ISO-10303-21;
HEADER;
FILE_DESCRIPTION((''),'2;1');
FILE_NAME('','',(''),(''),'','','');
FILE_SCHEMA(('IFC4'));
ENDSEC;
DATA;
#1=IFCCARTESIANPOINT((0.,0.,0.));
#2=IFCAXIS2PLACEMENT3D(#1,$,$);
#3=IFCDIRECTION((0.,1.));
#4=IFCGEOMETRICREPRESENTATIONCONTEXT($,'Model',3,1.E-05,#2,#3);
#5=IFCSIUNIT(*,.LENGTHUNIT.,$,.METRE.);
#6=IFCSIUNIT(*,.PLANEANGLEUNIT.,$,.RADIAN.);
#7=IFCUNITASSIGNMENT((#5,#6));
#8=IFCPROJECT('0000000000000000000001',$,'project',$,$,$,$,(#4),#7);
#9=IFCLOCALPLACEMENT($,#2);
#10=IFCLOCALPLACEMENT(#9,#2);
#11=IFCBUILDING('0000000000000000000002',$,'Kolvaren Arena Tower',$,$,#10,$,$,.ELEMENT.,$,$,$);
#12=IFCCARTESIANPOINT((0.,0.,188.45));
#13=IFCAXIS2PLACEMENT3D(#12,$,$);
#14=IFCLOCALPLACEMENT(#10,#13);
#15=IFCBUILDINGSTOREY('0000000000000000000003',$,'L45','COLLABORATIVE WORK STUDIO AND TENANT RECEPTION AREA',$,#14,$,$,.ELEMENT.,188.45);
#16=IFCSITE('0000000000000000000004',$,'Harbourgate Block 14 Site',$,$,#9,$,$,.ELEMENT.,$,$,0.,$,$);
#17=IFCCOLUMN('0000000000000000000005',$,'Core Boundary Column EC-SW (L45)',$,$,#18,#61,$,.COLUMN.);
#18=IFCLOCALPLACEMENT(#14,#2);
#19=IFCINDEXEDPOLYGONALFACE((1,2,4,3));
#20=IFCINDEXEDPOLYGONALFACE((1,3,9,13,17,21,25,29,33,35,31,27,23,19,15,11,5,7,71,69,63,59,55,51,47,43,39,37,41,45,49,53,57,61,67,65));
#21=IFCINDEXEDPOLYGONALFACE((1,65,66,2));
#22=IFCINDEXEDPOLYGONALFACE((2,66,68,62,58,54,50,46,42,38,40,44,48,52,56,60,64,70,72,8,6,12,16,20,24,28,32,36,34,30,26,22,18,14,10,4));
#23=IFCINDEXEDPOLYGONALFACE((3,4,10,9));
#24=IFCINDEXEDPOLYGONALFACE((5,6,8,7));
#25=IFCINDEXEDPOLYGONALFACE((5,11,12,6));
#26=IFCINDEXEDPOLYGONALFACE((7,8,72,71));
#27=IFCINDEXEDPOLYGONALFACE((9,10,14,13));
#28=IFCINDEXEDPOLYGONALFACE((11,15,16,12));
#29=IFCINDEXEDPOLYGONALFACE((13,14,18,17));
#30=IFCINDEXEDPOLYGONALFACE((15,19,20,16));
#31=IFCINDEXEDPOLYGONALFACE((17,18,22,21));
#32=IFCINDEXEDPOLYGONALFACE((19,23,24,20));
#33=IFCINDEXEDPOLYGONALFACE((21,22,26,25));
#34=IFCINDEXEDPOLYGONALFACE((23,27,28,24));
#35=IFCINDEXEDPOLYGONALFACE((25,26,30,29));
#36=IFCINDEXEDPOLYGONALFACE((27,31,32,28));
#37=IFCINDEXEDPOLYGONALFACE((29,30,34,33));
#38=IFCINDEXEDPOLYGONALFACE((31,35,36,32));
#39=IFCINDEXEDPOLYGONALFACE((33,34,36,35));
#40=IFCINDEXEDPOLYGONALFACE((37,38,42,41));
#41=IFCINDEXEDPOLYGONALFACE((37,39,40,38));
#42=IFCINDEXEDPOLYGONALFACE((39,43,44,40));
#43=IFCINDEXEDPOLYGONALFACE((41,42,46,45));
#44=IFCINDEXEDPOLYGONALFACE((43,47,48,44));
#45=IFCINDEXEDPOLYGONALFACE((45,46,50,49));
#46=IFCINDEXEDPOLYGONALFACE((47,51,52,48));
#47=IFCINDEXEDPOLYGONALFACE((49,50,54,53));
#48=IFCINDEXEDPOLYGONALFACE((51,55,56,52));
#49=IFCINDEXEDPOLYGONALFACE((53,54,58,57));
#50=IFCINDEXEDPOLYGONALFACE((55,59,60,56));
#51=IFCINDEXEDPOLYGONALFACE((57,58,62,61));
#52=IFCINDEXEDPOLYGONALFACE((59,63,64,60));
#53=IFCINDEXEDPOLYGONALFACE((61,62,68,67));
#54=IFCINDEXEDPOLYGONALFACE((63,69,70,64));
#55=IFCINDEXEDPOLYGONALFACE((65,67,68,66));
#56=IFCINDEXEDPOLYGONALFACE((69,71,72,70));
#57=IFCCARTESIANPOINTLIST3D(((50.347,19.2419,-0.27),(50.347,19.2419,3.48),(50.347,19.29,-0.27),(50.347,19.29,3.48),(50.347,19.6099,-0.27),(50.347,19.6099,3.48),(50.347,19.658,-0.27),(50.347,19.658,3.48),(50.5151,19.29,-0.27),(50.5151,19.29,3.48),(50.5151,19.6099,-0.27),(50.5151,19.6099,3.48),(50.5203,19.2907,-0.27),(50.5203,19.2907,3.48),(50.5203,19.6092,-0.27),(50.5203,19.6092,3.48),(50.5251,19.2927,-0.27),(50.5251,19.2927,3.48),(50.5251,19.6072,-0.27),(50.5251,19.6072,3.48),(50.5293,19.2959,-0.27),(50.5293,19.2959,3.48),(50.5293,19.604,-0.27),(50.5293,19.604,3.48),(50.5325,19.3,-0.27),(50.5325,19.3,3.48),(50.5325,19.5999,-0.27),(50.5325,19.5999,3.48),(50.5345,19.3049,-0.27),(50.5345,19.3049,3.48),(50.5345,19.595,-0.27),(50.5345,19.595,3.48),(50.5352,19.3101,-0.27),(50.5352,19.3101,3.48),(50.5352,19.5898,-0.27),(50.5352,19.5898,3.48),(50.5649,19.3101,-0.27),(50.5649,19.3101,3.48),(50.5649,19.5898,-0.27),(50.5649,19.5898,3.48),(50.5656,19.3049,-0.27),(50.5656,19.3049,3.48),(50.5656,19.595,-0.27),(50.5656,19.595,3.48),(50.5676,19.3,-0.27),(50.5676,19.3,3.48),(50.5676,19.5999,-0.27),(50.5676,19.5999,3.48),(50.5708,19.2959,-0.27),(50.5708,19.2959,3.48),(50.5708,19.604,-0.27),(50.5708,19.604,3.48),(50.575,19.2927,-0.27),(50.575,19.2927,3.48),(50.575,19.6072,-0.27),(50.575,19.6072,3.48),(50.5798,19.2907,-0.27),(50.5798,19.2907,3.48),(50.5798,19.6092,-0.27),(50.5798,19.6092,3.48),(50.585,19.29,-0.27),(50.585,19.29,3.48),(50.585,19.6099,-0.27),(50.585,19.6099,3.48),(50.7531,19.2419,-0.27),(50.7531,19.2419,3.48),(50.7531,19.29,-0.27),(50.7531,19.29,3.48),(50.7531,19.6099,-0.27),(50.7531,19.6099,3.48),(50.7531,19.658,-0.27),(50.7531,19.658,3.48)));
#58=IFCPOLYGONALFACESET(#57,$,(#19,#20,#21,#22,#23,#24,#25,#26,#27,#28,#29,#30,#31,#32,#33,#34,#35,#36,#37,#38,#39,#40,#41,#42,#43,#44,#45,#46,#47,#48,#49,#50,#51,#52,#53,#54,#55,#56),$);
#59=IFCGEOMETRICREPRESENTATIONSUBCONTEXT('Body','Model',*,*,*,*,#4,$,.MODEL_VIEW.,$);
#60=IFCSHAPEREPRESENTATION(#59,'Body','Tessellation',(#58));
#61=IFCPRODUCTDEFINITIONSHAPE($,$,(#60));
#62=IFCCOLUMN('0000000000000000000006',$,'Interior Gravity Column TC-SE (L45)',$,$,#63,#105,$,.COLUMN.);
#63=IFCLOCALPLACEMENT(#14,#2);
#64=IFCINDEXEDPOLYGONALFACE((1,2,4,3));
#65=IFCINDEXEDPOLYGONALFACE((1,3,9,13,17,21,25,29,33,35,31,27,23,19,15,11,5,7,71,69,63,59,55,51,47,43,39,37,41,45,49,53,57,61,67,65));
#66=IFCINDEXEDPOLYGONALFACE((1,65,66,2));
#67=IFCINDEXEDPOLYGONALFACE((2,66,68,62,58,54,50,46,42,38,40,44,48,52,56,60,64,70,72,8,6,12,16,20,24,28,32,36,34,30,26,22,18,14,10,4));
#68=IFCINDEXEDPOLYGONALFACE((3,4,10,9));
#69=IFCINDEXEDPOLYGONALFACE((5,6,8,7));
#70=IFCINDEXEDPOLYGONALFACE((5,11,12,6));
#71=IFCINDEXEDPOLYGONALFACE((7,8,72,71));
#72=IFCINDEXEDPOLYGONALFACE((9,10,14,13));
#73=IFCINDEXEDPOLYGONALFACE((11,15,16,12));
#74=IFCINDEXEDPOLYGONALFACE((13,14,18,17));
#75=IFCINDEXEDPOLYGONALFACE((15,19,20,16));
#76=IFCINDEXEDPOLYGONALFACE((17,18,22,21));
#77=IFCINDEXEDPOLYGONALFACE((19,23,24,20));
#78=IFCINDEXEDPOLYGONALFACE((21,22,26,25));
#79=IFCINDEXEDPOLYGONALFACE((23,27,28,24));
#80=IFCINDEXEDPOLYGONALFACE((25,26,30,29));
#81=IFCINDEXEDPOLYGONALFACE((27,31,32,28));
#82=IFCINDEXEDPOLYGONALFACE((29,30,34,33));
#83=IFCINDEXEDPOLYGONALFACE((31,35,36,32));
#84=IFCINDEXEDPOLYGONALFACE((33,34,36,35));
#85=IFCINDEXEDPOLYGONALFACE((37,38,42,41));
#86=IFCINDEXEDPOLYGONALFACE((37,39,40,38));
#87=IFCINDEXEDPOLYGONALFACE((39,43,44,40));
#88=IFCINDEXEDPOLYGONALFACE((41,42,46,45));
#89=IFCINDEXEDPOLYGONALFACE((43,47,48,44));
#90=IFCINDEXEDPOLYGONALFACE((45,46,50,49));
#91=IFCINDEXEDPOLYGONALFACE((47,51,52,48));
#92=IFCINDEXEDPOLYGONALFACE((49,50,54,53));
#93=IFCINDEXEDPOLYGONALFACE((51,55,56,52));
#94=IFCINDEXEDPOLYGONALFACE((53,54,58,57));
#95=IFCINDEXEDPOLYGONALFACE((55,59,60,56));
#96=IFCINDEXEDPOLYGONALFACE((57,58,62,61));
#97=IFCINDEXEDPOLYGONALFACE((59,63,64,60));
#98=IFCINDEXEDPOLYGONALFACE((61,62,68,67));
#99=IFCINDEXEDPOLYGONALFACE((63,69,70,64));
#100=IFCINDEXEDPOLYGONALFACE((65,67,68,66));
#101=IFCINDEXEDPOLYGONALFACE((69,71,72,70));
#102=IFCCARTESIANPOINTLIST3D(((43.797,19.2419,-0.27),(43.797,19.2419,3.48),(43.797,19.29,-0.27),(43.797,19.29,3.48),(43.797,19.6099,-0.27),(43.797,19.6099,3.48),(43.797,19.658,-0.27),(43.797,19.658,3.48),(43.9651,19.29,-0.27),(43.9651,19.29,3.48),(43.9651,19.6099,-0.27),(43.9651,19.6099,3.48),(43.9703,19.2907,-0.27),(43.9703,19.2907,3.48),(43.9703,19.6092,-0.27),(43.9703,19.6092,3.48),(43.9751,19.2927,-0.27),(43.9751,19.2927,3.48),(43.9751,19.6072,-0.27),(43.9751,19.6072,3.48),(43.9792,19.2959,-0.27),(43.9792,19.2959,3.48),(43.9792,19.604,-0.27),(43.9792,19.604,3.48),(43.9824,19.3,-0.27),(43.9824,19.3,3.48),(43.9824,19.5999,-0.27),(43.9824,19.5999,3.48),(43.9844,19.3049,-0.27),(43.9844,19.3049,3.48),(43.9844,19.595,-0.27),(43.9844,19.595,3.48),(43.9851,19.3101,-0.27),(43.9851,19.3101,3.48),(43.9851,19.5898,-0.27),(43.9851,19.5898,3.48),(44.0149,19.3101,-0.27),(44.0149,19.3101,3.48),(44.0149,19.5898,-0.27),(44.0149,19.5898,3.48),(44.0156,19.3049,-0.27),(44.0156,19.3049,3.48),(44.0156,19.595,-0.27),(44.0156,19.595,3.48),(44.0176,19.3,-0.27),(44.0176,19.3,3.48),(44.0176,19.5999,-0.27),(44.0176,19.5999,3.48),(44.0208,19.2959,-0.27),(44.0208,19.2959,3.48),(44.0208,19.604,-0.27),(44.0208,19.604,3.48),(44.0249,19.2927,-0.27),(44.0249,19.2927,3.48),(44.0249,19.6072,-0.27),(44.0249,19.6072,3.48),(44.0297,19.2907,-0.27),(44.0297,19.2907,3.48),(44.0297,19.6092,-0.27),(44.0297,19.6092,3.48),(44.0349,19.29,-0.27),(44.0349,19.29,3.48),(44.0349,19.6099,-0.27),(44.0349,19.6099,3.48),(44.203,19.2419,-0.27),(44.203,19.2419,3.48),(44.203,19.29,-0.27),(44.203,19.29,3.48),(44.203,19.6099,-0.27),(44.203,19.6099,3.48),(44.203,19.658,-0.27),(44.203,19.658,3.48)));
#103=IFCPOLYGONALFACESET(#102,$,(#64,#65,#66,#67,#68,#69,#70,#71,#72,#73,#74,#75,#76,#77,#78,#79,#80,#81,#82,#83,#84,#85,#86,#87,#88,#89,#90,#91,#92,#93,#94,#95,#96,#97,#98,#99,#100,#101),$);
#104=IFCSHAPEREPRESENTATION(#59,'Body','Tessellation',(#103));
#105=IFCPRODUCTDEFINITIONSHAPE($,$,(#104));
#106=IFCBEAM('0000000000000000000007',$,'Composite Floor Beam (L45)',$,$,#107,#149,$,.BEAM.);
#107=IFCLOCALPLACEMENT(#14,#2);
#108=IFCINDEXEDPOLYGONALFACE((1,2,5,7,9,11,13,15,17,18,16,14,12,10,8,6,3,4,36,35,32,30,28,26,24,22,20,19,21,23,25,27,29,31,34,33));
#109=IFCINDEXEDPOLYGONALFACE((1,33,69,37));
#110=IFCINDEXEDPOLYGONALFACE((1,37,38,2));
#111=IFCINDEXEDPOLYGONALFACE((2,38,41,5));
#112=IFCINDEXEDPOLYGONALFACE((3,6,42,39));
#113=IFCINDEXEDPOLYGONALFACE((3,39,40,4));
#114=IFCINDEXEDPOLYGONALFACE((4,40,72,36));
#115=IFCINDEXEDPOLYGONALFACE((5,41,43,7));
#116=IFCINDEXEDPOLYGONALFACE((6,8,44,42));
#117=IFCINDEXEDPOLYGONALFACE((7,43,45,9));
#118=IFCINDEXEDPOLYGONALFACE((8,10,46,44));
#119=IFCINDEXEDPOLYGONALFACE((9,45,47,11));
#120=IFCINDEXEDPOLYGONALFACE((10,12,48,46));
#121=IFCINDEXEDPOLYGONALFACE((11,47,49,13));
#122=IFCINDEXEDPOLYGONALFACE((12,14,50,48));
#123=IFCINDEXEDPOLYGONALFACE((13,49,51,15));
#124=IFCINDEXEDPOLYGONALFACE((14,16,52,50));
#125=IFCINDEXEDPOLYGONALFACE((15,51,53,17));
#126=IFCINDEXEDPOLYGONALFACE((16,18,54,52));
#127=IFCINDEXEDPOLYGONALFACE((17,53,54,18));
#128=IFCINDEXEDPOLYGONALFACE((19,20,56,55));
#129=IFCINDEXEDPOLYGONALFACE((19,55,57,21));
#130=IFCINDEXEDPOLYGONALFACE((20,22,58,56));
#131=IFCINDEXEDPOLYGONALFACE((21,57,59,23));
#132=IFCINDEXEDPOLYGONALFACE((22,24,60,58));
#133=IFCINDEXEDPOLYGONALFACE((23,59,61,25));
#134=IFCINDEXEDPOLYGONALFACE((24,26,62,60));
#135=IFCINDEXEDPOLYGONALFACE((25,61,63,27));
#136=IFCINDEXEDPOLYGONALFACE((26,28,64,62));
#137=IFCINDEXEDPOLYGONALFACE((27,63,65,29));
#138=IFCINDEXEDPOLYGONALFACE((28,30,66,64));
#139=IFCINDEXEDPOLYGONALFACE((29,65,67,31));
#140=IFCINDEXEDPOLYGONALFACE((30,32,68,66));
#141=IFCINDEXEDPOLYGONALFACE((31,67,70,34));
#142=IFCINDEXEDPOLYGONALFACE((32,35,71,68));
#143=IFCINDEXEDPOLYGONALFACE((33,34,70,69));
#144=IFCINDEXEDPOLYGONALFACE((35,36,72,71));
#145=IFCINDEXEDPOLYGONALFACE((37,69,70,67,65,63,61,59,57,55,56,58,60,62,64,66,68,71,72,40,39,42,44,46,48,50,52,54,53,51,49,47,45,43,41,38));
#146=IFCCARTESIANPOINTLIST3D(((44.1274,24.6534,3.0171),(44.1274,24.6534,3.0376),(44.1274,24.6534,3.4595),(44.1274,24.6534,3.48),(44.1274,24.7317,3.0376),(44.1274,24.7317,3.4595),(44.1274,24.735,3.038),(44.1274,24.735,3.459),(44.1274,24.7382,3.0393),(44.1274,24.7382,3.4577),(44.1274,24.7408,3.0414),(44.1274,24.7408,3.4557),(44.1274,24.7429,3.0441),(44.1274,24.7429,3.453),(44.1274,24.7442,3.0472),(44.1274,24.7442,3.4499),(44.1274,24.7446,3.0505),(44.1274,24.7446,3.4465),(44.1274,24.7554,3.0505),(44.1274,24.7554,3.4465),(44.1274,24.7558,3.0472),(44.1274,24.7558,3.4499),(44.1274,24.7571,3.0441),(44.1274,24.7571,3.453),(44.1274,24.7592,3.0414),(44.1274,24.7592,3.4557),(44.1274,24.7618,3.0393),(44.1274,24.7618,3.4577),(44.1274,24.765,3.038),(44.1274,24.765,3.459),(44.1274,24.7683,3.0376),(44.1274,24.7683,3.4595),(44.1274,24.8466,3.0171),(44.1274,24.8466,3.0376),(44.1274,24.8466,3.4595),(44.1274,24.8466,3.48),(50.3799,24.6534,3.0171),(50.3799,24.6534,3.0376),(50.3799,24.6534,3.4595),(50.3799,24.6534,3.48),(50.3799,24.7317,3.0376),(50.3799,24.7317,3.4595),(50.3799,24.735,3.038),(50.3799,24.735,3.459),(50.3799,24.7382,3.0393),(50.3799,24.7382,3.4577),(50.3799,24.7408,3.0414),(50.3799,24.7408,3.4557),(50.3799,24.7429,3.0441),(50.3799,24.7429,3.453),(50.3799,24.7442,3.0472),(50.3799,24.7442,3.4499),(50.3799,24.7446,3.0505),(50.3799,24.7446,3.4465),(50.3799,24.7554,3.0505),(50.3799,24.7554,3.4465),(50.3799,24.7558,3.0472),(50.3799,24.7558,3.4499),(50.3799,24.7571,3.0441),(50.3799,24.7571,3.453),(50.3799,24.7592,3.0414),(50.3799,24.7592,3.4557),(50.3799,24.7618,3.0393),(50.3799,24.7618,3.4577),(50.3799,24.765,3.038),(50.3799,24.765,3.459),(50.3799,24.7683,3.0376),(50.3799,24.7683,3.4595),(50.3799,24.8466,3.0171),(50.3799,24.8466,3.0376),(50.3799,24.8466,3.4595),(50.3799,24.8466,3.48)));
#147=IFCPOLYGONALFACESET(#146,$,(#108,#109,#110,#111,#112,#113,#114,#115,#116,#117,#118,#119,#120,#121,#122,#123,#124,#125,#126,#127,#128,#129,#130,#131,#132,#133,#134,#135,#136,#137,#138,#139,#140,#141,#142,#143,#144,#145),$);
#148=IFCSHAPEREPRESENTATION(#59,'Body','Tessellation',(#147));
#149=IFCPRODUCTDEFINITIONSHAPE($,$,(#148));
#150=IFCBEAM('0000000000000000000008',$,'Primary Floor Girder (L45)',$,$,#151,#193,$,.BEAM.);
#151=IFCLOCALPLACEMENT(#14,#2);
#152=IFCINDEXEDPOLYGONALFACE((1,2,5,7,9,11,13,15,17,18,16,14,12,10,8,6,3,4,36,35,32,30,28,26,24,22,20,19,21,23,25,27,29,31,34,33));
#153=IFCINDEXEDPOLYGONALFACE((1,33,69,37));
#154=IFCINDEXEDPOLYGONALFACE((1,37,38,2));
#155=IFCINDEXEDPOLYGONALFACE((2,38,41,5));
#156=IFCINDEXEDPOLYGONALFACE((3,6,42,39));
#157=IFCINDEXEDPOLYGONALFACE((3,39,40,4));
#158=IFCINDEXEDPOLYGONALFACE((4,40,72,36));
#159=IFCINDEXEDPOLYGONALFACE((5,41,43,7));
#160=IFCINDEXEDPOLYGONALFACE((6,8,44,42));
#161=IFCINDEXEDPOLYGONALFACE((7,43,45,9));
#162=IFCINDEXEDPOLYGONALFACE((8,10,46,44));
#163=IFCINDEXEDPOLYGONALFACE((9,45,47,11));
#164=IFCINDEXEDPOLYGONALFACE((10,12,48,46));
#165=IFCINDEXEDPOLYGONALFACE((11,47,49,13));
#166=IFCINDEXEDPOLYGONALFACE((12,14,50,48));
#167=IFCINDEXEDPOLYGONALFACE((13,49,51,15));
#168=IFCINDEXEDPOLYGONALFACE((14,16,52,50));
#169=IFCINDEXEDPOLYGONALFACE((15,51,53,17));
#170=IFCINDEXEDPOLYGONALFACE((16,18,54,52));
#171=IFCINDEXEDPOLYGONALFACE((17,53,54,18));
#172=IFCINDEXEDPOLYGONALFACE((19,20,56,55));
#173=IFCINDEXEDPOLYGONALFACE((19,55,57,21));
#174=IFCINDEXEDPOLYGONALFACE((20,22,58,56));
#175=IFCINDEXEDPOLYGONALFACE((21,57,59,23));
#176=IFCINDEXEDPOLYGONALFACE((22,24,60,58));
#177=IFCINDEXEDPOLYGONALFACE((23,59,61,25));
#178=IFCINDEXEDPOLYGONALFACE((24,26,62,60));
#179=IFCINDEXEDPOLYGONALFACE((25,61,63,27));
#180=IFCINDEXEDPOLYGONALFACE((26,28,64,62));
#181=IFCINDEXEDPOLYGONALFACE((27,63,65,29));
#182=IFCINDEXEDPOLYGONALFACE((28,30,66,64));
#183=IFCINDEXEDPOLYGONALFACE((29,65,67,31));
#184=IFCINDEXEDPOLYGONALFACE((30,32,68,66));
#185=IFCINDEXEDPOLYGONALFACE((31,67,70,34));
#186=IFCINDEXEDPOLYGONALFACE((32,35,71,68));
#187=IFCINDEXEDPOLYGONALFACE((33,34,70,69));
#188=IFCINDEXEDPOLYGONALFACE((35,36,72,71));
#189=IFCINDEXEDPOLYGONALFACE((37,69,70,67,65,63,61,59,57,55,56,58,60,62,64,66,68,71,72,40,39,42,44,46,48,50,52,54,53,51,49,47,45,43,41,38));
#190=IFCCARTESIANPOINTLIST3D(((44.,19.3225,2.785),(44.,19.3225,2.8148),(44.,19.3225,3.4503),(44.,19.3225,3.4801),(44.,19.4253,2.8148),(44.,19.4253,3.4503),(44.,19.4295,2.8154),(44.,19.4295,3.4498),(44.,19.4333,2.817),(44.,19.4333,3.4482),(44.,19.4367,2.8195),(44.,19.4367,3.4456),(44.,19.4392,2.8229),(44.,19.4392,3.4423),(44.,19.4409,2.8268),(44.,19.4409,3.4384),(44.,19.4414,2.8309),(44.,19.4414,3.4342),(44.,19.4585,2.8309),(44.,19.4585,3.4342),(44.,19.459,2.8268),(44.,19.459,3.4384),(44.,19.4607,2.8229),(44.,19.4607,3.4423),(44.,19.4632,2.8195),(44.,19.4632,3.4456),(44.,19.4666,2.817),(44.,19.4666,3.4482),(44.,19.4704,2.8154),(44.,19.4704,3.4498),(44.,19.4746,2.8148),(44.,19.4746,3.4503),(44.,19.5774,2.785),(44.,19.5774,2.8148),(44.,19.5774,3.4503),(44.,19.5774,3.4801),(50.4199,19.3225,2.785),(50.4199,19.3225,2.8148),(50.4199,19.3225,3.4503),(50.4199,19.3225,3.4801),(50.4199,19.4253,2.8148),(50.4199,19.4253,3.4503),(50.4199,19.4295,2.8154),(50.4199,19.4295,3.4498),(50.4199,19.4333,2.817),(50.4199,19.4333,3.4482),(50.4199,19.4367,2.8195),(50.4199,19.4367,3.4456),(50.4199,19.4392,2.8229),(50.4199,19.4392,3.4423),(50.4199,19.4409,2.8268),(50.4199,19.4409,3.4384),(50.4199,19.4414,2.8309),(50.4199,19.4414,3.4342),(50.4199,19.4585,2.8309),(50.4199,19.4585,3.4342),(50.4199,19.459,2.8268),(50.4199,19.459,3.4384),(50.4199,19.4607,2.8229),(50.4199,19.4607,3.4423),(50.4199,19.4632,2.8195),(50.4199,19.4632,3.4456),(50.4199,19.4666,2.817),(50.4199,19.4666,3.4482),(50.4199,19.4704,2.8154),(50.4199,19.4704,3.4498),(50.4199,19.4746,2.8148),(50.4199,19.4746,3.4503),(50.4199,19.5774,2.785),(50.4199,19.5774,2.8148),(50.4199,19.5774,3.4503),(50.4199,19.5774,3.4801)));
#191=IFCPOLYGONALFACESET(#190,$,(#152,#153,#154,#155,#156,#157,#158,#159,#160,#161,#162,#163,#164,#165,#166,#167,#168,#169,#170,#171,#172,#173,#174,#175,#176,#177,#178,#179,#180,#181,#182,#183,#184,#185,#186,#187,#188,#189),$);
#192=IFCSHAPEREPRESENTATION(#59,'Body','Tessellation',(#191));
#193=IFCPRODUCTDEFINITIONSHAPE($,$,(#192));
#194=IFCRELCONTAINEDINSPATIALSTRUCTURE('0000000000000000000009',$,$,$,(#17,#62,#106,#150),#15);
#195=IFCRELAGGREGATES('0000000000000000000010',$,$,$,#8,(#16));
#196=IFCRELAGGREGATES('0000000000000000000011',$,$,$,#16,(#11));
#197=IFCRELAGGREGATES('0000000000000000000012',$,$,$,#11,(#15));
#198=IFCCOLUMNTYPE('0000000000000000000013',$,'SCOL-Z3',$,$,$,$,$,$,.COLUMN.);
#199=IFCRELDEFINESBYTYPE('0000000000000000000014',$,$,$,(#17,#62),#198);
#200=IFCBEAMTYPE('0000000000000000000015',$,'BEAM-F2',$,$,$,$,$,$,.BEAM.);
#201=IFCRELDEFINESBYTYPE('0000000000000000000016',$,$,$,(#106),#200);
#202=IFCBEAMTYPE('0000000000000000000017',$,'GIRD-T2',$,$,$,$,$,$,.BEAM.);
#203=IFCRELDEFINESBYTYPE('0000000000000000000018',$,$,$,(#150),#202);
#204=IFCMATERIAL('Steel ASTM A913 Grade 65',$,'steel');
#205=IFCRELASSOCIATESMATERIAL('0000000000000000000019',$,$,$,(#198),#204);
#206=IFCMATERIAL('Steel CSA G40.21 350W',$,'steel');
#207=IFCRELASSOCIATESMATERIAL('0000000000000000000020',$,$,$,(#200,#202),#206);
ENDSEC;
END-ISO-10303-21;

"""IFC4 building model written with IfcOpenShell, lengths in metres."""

from ifc_helpers import new_model, si_unit, direction, frame, origin, origin_2d, place, context, subcontext, project, spatial, i_section, extrude, material, material_profile, profile_set, type_object, element, save


model = new_model("IFC4")

# Units and contexts
model_context = context("Model", 3, precision=1e-05, world=origin(), true_north=direction((0.0, 1.0)))
body_context = subcontext(model_context, "Body", "Model", "MODEL_VIEW")
ifc_project = project(units=[si_unit("LENGTHUNIT", "METRE"), si_unit("PLANEANGLEUNIT", "RADIAN")], contexts=[model_context])

# Site, building, storey
site_placement = place(None, origin())
site = spatial("IfcSite", under=ifc_project, at=site_placement, Name="Harbourgate Block 14 Site", CompositionType="ELEMENT", RefElevation=0.0)
building_placement = place(site_placement, origin())
building = spatial("IfcBuilding", under=site, at=building_placement, Name="Kolvaren Arena Tower", CompositionType="ELEMENT")
storey_placement = place(building_placement, frame((0.0, 0.0, 188.45)))
storey = spatial("IfcBuildingStorey", under=building, at=storey_placement, Name="L45", Description="COLLABORATIVE WORK STUDIO AND TENANT RECEPTION AREA", CompositionType="ELEMENT", Elevation=188.45)

# Columns
ifc_material_1 = material(Name="Steel ASTM A913 Grade 65", Category="steel")
ifc_material_profile_1 = material_profile(ifc_material_1, i_section(OverallWidth=0.406, OverallDepth=0.416, WebThickness=0.0298, FlangeThickness=0.0481, FilletRadius=0.02, at=origin_2d()), Name="W360x382")
ifc_profile_set_1 = profile_set([ifc_material_profile_1], Name="Steel ASTM A913 Grade 65")
column_type = type_object("IfcColumnType", Name="SCOL-Z3", PredefinedType="COLUMN", material=ifc_profile_set_1)
for number, where, z_axis, x_axis, name in (
    (1, (50.55, 19.45, -0.27), (0.0, 0.0, 1.0), (1.0, 0.0, 0.0), "Core Boundary Column EC-SW (L45)"),
    (2, (44.0, 19.45, -0.27), (0.0, 0.0, 1.0), (1.0, 0.0, 0.0), "Interior Gravity Column TC-SE (L45)"),
):
    element("IfcColumn", number, at=place(storey_placement, frame(where, z_axis=z_axis, x_axis=x_axis)), inside=storey, type_object=column_type, Name=name, PredefinedType="COLUMN", context=body_context, shape_type="SweptSolid", body=[
        extrude(i_section(OverallWidth=0.406, OverallDepth=0.416, WebThickness=0.0298, FlangeThickness=0.0481, FilletRadius=0.02, at=origin_2d()), origin(), (0.0, 0.0, 1.0), 3.75),
    ])

# Beams
ifc_material_2 = material(Name="Steel CSA G40.21 350W", Category="steel")
ifc_material_profile_2 = material_profile(ifc_material_2, i_section(OverallWidth=0.1931, OverallDepth=0.4629, WebThickness=0.0107, FlangeThickness=0.0205, FilletRadius=0.0129, at=origin_2d()), Name="W460x113")
ifc_profile_set_2 = profile_set([ifc_material_profile_2], Name="Steel CSA G40.21 350W")
beam_type_1 = type_object("IfcBeamType", Name="BEAM-F2", PredefinedType="BEAM", material=ifc_profile_set_2)
beam_1_placement = place(storey_placement, frame((44.1274, 24.75, 3.2485), z_axis=(1.0, 0.0, 0.0), x_axis=(0.0, 1.0, 0.0)))
element("IfcBeam", 3, at=beam_1_placement, inside=storey, type_object=beam_type_1, Name="Composite Floor Beam (L45)", PredefinedType="BEAM", context=body_context, shape_type="SweptSolid", body=[
    extrude(i_section(OverallWidth=0.1931, OverallDepth=0.4629, WebThickness=0.0107, FlangeThickness=0.0205, FilletRadius=0.0129, at=origin_2d()), origin(), (0.0, 0.0, 1.0), 6.2524),
])
ifc_material_profile_3 = material_profile(ifc_material_2, i_section(OverallWidth=0.2549, OverallDepth=0.6951, WebThickness=0.0171, FlangeThickness=0.0298, FilletRadius=0.0161, at=origin_2d()), Name="W690x217")
ifc_profile_set_3 = profile_set([ifc_material_profile_3], Name="Steel CSA G40.21 350W")
beam_type_2 = type_object("IfcBeamType", Name="GIRD-T2", PredefinedType="BEAM", material=ifc_profile_set_3)
beam_2_placement = place(storey_placement, frame((44.0, 19.45, 3.1326), z_axis=(1.0, 0.0, 0.0), x_axis=(0.0, 1.0, 0.0)))
element("IfcBeam", 4, at=beam_2_placement, inside=storey, type_object=beam_type_2, Name="Primary Floor Girder (L45)", PredefinedType="BEAM", context=body_context, shape_type="SweptSolid", body=[
    extrude(i_section(OverallWidth=0.2549, OverallDepth=0.6951, WebThickness=0.0171, FlangeThickness=0.0298, FilletRadius=0.0161, at=origin_2d()), origin(), (0.0, 0.0, 1.0), 6.4199),
])

save(model, "model.ifc")
